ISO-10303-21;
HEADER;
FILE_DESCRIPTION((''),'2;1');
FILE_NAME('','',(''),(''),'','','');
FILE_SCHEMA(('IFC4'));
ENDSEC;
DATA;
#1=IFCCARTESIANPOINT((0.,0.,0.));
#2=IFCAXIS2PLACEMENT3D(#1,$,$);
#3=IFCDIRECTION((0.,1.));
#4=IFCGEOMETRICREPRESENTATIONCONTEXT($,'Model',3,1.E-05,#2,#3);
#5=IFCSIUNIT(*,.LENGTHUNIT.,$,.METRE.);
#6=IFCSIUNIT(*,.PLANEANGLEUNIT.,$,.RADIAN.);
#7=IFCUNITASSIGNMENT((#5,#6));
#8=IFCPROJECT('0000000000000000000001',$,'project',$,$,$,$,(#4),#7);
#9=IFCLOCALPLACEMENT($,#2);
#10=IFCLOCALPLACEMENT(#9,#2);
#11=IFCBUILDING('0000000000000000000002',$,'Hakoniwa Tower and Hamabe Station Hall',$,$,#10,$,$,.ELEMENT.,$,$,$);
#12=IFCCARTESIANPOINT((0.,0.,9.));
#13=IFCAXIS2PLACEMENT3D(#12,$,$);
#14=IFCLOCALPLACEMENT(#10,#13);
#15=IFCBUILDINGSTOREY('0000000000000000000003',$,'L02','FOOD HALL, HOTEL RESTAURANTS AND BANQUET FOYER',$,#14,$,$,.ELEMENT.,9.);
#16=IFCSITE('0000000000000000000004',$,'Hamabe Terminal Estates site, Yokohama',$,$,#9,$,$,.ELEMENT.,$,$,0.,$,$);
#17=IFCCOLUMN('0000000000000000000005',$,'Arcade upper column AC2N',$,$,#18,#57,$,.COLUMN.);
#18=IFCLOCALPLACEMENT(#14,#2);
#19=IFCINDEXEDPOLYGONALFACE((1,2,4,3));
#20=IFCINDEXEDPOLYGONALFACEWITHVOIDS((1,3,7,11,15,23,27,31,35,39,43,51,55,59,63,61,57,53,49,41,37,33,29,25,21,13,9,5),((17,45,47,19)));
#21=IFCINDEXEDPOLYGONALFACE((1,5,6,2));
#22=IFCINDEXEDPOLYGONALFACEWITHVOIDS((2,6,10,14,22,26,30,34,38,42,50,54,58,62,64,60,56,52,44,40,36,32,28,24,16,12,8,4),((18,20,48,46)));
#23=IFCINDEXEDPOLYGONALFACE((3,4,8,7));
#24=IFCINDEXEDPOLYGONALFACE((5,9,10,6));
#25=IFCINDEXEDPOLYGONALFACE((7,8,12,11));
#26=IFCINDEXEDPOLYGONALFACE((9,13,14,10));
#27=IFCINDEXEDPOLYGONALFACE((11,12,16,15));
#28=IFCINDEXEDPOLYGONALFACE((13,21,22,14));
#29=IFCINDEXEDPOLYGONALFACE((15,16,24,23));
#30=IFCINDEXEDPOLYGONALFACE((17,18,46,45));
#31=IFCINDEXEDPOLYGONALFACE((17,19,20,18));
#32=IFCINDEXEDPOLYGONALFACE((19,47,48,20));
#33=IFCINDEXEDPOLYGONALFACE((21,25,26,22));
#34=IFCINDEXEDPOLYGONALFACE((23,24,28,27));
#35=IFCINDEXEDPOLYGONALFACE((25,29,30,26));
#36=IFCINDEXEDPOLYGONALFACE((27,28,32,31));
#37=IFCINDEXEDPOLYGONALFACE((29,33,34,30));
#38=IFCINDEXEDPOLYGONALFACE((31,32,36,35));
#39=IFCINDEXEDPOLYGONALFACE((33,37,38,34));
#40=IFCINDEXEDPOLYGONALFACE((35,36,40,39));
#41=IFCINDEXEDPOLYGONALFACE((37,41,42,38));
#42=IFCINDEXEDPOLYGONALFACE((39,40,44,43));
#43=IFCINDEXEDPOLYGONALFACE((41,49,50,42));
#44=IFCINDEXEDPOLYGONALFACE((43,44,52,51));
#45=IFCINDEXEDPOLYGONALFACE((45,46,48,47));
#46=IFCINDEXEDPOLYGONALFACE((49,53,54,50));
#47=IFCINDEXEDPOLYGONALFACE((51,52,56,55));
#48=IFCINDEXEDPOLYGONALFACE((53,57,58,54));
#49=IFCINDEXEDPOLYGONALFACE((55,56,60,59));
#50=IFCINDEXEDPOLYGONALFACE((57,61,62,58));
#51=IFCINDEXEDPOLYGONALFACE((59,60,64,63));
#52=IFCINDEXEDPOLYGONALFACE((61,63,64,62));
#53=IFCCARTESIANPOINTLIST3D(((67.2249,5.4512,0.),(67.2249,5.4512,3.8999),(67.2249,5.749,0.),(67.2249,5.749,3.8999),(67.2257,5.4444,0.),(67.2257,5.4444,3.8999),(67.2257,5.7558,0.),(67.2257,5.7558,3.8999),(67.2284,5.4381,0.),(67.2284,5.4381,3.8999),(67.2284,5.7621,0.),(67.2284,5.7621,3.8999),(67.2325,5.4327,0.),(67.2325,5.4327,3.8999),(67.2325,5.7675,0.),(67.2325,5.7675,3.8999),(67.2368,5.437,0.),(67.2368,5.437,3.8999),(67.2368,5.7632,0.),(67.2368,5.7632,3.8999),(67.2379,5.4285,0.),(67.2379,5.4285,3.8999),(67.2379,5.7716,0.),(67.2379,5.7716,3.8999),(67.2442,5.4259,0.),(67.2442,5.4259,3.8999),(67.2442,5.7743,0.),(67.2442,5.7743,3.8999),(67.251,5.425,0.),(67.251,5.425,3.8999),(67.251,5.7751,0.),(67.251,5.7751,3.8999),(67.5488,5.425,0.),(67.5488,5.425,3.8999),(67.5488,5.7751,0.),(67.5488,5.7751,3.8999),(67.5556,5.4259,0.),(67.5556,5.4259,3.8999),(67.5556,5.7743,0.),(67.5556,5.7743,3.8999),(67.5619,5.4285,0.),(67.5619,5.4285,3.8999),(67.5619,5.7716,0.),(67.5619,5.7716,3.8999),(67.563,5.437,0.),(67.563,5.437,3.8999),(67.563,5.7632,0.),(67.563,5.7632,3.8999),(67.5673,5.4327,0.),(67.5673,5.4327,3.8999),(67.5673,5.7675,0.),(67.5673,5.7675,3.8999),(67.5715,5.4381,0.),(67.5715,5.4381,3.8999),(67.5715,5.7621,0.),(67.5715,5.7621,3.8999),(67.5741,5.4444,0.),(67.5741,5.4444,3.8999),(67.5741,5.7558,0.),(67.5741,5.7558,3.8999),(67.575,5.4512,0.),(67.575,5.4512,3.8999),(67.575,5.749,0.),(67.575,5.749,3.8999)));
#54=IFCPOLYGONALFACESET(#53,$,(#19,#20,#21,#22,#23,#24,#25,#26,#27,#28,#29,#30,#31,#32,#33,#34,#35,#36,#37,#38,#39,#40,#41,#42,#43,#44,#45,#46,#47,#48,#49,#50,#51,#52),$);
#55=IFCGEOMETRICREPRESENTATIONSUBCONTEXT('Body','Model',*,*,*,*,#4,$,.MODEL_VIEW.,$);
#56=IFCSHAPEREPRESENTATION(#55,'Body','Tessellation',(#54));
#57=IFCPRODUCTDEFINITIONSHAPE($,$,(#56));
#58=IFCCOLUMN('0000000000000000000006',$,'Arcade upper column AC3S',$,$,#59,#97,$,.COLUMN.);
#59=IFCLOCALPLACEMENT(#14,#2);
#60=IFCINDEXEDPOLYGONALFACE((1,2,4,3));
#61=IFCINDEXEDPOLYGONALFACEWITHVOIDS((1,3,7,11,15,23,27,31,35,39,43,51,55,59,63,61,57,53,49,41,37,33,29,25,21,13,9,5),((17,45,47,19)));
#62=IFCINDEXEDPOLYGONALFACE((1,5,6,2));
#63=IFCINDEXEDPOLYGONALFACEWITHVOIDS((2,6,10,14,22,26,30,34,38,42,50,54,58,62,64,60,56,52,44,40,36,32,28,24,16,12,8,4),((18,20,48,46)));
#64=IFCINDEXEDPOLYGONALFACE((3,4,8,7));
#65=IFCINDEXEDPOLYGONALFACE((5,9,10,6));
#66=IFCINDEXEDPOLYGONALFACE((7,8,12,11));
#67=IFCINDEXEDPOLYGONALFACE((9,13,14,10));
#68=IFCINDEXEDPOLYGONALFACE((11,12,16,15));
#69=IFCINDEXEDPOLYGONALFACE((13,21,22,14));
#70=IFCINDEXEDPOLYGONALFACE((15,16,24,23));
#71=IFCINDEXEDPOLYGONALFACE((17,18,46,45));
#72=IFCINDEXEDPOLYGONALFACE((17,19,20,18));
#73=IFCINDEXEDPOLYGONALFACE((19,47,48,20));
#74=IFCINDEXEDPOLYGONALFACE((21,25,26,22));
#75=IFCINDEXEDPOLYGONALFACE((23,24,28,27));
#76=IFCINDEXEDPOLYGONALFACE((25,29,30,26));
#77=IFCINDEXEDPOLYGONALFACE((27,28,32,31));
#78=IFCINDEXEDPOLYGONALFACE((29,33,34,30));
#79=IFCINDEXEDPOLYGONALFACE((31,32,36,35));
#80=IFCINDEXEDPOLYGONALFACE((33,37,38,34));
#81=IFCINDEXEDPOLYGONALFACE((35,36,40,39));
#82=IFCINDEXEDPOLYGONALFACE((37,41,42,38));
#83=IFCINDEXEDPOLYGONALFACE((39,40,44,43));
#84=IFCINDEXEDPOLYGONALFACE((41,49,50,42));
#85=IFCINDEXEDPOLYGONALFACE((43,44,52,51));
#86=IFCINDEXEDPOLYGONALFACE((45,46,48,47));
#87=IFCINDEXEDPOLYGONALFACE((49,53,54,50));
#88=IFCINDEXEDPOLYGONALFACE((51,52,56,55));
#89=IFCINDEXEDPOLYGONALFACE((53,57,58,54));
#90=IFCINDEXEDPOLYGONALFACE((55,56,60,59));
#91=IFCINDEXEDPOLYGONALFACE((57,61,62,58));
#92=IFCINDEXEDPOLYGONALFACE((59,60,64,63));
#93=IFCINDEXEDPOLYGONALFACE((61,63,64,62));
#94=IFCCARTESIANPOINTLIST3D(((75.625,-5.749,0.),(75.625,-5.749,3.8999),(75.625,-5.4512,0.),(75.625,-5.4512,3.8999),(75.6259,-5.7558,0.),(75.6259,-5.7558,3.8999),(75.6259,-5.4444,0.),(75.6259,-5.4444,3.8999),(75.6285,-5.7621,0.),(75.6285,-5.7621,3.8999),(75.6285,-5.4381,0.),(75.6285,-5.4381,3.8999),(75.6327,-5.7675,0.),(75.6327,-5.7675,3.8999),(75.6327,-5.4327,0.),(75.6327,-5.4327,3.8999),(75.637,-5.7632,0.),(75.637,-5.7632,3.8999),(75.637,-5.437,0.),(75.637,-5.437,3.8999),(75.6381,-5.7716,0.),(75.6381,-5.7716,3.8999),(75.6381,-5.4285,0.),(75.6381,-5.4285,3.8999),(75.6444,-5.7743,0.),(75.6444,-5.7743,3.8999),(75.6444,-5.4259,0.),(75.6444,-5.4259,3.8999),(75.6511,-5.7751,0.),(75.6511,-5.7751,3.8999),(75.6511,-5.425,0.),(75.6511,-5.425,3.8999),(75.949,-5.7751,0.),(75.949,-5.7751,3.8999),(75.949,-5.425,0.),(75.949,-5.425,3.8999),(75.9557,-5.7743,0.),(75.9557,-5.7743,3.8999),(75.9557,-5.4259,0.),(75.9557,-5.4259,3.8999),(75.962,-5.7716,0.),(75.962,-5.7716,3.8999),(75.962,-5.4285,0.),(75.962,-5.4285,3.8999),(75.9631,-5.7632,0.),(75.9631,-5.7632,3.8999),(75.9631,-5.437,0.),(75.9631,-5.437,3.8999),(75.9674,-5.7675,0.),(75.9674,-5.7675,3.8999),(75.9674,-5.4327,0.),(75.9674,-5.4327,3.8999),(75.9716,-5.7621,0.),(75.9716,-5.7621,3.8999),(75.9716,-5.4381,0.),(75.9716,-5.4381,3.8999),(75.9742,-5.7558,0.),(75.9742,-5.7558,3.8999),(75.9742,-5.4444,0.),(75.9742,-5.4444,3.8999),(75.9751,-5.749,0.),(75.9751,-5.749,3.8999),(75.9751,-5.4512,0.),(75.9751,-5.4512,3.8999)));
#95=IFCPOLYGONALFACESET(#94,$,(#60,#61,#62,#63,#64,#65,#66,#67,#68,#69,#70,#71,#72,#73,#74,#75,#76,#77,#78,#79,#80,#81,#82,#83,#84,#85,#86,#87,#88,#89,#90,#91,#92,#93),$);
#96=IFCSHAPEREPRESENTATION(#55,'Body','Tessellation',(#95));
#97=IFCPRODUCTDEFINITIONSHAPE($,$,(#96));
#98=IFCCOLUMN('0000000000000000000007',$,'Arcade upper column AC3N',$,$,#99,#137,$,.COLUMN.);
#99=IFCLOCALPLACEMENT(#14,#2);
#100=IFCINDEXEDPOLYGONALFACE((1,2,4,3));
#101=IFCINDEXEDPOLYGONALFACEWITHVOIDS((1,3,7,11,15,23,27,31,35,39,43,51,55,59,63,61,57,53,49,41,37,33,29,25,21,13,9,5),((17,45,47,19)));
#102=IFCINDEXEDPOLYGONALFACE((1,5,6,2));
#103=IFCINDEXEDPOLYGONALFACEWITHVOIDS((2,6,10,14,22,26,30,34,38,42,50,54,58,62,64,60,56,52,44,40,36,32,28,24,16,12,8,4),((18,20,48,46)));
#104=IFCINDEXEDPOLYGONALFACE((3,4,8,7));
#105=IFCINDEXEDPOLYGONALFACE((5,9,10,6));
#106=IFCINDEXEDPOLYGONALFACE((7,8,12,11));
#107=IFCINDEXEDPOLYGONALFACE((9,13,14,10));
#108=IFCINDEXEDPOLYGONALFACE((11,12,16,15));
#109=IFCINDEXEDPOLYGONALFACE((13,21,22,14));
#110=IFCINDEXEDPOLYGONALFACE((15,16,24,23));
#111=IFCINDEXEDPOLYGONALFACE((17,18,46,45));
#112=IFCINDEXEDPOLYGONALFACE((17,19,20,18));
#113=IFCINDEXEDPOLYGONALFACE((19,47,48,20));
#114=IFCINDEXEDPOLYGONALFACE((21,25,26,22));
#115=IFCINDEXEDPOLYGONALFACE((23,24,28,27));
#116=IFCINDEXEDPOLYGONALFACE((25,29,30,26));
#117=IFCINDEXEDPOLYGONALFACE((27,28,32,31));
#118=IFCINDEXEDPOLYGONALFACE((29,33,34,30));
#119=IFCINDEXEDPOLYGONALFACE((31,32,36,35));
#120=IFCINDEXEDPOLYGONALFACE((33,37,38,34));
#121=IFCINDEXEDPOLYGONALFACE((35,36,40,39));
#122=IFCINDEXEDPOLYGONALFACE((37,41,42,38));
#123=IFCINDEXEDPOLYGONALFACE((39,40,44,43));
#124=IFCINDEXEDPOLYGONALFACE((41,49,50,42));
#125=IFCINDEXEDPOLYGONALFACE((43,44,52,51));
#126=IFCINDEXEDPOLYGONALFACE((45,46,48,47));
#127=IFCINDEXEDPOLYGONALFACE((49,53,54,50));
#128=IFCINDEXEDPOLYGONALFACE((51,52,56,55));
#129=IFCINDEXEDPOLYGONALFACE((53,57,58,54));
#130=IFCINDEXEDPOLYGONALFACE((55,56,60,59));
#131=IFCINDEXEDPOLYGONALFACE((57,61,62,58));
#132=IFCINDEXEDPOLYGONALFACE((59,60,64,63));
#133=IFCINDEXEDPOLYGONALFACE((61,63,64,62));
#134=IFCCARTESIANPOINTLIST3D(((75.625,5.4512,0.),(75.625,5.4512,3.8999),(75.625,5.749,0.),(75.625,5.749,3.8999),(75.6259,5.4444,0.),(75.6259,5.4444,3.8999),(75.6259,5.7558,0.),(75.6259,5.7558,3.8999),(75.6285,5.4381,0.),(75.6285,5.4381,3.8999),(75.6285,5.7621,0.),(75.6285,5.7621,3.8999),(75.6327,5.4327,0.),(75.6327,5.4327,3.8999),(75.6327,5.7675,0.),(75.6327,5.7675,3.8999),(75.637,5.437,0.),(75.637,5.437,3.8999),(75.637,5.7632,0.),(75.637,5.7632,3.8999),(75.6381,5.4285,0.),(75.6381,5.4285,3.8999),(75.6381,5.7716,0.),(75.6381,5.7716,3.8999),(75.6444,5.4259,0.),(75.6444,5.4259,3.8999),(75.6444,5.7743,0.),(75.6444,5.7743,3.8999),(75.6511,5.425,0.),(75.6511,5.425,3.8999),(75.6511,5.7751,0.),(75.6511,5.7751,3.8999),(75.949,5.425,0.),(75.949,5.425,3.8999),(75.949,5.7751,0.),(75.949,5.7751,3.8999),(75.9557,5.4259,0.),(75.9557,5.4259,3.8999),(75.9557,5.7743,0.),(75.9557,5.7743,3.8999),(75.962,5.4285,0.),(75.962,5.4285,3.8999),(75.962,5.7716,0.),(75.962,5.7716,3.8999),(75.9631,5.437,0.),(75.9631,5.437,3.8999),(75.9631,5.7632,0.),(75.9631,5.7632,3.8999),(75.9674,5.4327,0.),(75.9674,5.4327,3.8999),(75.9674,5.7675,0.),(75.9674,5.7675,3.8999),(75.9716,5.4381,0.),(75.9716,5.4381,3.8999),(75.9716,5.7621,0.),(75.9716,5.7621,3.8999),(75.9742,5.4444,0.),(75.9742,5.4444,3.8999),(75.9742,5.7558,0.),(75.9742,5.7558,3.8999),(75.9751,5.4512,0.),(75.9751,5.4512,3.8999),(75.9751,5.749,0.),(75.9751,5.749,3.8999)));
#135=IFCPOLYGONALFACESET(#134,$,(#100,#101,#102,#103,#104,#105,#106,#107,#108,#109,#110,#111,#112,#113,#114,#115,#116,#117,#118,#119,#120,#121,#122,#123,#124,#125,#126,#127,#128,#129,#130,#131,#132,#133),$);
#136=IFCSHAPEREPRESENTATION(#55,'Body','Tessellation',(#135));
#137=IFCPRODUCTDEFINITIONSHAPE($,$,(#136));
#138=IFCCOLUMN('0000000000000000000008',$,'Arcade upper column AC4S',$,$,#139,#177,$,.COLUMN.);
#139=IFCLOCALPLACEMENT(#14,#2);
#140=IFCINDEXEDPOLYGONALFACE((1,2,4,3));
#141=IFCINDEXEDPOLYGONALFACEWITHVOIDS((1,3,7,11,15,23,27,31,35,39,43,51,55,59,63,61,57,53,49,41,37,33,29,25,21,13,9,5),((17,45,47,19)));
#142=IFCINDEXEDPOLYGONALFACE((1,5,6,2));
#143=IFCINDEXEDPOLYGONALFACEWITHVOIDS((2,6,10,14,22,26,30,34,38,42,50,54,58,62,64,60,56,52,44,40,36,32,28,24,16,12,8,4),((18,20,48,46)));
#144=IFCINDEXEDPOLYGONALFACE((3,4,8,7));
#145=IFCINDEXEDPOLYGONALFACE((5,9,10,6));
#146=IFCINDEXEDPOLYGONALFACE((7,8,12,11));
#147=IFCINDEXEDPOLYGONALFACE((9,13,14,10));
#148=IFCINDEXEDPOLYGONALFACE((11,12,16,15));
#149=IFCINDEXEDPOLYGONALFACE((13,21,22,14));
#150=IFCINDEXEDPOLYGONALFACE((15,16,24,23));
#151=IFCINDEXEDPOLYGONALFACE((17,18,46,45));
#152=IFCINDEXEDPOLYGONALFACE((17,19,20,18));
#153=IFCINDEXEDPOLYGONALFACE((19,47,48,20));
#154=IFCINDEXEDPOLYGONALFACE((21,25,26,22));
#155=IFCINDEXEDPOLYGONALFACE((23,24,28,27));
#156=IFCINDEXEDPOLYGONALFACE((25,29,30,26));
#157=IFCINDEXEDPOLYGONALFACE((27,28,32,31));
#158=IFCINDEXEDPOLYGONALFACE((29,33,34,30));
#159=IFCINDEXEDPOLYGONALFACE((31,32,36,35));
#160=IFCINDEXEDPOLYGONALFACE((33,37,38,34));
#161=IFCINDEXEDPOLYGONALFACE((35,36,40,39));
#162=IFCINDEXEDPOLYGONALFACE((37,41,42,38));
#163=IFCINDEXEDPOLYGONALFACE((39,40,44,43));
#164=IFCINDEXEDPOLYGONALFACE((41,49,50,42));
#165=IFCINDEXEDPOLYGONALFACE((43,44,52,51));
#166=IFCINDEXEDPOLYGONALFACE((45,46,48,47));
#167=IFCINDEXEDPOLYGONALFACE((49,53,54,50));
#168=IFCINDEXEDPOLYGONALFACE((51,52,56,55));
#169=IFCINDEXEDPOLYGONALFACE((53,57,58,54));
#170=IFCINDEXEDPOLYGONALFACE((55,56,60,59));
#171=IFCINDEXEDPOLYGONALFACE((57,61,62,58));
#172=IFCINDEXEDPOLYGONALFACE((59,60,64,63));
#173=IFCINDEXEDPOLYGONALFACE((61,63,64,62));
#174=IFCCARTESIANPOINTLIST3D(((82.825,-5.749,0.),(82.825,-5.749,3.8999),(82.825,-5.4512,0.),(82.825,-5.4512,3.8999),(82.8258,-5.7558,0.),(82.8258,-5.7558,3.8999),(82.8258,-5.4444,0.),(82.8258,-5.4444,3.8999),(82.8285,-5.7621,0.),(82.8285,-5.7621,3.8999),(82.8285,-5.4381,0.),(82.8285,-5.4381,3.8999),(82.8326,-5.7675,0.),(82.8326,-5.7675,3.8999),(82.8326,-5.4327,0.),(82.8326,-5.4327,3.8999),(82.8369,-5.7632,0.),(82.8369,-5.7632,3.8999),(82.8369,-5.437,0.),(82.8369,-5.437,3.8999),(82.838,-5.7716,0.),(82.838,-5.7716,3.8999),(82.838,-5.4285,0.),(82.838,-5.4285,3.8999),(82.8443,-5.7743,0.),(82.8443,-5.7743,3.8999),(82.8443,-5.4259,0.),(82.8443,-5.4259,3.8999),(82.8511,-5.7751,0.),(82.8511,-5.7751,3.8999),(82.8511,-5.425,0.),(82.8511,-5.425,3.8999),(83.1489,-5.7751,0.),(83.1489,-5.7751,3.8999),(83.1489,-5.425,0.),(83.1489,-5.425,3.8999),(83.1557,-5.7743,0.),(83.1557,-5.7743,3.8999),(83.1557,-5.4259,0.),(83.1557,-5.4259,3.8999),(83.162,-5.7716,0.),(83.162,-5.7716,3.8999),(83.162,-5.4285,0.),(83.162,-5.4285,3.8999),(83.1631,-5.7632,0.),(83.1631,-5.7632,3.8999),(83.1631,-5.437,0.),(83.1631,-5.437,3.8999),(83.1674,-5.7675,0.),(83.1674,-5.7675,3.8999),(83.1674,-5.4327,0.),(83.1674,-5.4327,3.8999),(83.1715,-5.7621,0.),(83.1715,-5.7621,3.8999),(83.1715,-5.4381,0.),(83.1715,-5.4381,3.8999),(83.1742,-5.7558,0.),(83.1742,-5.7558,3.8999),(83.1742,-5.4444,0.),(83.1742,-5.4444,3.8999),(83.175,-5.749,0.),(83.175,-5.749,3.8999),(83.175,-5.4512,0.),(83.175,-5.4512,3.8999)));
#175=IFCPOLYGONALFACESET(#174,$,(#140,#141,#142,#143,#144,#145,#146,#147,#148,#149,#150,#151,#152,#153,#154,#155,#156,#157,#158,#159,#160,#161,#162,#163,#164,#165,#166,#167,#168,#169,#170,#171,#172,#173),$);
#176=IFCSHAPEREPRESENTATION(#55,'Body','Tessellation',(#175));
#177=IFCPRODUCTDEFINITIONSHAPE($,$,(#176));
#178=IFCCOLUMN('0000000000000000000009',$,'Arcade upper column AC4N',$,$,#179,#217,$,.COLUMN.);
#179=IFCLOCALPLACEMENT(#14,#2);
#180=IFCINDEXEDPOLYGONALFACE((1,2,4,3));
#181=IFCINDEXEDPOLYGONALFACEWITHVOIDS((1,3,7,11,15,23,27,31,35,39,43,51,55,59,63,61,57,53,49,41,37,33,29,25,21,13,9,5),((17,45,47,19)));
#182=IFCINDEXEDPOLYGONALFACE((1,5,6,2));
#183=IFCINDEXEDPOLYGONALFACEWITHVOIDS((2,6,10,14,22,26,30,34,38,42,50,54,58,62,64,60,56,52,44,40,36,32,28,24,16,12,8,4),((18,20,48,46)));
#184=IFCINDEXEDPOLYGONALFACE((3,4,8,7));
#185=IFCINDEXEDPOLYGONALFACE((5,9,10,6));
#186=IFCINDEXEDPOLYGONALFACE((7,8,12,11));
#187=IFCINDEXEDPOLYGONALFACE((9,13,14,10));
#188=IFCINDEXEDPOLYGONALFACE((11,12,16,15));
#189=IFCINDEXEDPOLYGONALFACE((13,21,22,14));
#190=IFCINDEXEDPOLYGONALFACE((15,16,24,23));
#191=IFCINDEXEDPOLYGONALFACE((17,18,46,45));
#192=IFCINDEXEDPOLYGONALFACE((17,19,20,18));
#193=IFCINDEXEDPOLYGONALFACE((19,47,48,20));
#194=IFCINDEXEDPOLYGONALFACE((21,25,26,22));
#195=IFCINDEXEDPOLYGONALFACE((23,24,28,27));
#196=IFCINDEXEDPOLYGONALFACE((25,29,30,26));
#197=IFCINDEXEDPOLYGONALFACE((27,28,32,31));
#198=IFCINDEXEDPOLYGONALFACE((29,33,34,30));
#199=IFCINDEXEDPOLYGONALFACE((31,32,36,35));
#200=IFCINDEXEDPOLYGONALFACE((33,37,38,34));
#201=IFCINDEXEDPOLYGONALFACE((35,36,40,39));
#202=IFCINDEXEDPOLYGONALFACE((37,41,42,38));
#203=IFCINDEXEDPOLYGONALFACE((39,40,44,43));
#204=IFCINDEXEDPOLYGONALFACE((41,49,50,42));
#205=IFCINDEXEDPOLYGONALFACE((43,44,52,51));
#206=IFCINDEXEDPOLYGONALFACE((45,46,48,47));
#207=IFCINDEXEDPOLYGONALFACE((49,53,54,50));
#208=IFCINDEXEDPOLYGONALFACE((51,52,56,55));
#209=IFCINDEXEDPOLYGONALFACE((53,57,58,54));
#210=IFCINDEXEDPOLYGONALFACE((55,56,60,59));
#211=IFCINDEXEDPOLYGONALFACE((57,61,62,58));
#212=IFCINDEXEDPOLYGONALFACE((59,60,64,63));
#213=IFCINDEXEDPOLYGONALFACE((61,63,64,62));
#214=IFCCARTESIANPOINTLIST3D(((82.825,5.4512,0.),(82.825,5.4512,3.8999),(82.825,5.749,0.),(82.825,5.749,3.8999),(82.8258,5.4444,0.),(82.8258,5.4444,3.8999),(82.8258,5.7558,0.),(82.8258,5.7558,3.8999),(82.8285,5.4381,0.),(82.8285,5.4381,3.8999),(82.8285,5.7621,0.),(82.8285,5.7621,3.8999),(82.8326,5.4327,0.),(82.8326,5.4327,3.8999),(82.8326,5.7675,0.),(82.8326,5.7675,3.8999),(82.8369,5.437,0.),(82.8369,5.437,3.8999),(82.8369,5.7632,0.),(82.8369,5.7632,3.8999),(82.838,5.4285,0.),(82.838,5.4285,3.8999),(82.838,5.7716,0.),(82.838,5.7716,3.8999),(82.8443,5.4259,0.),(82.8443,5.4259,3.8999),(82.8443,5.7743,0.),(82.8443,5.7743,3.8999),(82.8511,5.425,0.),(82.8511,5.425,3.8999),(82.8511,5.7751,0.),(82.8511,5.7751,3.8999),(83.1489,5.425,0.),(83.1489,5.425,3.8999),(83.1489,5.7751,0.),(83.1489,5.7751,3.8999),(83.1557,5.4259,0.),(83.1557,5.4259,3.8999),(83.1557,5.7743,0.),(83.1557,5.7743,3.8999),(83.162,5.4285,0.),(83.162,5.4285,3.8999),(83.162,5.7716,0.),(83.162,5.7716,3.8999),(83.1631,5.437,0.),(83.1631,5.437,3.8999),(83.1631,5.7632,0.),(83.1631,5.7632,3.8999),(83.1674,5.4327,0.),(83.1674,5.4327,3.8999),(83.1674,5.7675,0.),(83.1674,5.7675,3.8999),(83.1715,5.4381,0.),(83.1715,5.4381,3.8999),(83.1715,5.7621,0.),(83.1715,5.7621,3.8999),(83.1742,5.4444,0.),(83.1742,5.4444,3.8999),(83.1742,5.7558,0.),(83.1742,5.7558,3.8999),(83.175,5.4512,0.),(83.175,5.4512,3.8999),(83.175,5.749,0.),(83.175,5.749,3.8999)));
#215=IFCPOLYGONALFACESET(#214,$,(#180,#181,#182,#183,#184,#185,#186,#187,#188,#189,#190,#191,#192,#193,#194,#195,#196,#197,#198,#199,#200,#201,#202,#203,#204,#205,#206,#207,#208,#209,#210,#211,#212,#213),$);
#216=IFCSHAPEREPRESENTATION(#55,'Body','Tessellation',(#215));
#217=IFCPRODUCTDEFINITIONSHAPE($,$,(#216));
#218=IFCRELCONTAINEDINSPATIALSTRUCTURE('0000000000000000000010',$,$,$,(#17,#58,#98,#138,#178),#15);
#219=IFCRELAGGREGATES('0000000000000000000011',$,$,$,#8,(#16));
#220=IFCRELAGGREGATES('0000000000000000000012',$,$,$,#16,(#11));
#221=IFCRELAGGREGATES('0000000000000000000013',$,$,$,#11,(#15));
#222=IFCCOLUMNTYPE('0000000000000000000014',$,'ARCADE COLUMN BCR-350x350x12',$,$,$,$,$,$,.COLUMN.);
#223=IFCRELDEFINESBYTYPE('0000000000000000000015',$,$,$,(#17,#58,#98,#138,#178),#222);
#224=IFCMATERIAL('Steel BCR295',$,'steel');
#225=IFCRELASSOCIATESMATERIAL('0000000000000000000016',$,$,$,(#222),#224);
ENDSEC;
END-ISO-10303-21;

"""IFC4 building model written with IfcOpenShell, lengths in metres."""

from ifc_helpers import new_model, si_unit, direction, frame, origin, origin_2d, place, context, subcontext, project, spatial, hollow_rectangle, extrude, material, material_profile, profile_set, type_object, element, save


model = new_model("IFC4")

# Units and contexts
model_context = context("Model", 3, precision=1e-05, world=origin(), true_north=direction((0.0, 1.0)))
body_context = subcontext(model_context, "Body", "Model", "MODEL_VIEW")
ifc_project = project(units=[si_unit("LENGTHUNIT", "METRE"), si_unit("PLANEANGLEUNIT", "RADIAN")], contexts=[model_context])

# Site, building, storey
site_placement = place(None, origin())
site = spatial("IfcSite", under=ifc_project, at=site_placement, Name="Hamabe Terminal Estates site, Yokohama", CompositionType="ELEMENT", RefElevation=0.0)
building_placement = place(site_placement, origin())
building = spatial("IfcBuilding", under=site, at=building_placement, Name="Hakoniwa Tower and Hamabe Station Hall", CompositionType="ELEMENT")
storey_placement = place(building_placement, frame((0.0, 0.0, 9.0)))
storey = spatial("IfcBuildingStorey", under=building, at=storey_placement, Name="L02", Description="FOOD HALL, HOTEL RESTAURANTS AND BANQUET FOYER", CompositionType="ELEMENT", Elevation=9.0)

# Columns
ifc_material_1 = material(Name="Steel BCR295", Category="steel")
ifc_material_profile_1 = material_profile(ifc_material_1, hollow_rectangle(XDim=0.3501, YDim=0.3501, WallThickness=0.012, OuterFilletRadius=0.0261, at=origin_2d()), Name="ARCADE COLUMN BCR-350x350x12")
ifc_profile_set_1 = profile_set([ifc_material_profile_1], Name="Steel BCR295")
column_type = type_object("IfcColumnType", Name="ARCADE COLUMN BCR-350x350x12", PredefinedType="COLUMN", material=ifc_profile_set_1)
for number, where, z_axis, x_axis, name in (
    (1, (67.3999, 5.6001, 0.0), (0.0, 0.0, 1.0), (1.0, 0.0, 0.0), "Arcade upper column AC2N"),
    (2, (75.8, -5.6001, 0.0), (0.0, 0.0, 1.0), (1.0, 0.0, 0.0), "Arcade upper column AC3S"),
    (3, (75.8, 5.6001, 0.0), (0.0, 0.0, 1.0), (1.0, 0.0, 0.0), "Arcade upper column AC3N"),
    (4, (83.0, -5.6001, 0.0), (0.0, 0.0, 1.0), (1.0, 0.0, 0.0), "Arcade upper column AC4S"),
    (5, (83.0, 5.6001, 0.0), (0.0, 0.0, 1.0), (1.0, 0.0, 0.0), "Arcade upper column AC4N"),
):
    element("IfcColumn", number, at=place(storey_placement, frame(where, z_axis=z_axis, x_axis=x_axis)), inside=storey, type_object=column_type, Name=name, PredefinedType="COLUMN", context=body_context, shape_type="SweptSolid", body=[
        extrude(hollow_rectangle(XDim=0.3501, YDim=0.3501, WallThickness=0.012, OuterFilletRadius=0.0261, at=origin_2d()), origin(), (0.0, 0.0, 1.0), 3.8999),
    ])

save(model, "model.ifc")
